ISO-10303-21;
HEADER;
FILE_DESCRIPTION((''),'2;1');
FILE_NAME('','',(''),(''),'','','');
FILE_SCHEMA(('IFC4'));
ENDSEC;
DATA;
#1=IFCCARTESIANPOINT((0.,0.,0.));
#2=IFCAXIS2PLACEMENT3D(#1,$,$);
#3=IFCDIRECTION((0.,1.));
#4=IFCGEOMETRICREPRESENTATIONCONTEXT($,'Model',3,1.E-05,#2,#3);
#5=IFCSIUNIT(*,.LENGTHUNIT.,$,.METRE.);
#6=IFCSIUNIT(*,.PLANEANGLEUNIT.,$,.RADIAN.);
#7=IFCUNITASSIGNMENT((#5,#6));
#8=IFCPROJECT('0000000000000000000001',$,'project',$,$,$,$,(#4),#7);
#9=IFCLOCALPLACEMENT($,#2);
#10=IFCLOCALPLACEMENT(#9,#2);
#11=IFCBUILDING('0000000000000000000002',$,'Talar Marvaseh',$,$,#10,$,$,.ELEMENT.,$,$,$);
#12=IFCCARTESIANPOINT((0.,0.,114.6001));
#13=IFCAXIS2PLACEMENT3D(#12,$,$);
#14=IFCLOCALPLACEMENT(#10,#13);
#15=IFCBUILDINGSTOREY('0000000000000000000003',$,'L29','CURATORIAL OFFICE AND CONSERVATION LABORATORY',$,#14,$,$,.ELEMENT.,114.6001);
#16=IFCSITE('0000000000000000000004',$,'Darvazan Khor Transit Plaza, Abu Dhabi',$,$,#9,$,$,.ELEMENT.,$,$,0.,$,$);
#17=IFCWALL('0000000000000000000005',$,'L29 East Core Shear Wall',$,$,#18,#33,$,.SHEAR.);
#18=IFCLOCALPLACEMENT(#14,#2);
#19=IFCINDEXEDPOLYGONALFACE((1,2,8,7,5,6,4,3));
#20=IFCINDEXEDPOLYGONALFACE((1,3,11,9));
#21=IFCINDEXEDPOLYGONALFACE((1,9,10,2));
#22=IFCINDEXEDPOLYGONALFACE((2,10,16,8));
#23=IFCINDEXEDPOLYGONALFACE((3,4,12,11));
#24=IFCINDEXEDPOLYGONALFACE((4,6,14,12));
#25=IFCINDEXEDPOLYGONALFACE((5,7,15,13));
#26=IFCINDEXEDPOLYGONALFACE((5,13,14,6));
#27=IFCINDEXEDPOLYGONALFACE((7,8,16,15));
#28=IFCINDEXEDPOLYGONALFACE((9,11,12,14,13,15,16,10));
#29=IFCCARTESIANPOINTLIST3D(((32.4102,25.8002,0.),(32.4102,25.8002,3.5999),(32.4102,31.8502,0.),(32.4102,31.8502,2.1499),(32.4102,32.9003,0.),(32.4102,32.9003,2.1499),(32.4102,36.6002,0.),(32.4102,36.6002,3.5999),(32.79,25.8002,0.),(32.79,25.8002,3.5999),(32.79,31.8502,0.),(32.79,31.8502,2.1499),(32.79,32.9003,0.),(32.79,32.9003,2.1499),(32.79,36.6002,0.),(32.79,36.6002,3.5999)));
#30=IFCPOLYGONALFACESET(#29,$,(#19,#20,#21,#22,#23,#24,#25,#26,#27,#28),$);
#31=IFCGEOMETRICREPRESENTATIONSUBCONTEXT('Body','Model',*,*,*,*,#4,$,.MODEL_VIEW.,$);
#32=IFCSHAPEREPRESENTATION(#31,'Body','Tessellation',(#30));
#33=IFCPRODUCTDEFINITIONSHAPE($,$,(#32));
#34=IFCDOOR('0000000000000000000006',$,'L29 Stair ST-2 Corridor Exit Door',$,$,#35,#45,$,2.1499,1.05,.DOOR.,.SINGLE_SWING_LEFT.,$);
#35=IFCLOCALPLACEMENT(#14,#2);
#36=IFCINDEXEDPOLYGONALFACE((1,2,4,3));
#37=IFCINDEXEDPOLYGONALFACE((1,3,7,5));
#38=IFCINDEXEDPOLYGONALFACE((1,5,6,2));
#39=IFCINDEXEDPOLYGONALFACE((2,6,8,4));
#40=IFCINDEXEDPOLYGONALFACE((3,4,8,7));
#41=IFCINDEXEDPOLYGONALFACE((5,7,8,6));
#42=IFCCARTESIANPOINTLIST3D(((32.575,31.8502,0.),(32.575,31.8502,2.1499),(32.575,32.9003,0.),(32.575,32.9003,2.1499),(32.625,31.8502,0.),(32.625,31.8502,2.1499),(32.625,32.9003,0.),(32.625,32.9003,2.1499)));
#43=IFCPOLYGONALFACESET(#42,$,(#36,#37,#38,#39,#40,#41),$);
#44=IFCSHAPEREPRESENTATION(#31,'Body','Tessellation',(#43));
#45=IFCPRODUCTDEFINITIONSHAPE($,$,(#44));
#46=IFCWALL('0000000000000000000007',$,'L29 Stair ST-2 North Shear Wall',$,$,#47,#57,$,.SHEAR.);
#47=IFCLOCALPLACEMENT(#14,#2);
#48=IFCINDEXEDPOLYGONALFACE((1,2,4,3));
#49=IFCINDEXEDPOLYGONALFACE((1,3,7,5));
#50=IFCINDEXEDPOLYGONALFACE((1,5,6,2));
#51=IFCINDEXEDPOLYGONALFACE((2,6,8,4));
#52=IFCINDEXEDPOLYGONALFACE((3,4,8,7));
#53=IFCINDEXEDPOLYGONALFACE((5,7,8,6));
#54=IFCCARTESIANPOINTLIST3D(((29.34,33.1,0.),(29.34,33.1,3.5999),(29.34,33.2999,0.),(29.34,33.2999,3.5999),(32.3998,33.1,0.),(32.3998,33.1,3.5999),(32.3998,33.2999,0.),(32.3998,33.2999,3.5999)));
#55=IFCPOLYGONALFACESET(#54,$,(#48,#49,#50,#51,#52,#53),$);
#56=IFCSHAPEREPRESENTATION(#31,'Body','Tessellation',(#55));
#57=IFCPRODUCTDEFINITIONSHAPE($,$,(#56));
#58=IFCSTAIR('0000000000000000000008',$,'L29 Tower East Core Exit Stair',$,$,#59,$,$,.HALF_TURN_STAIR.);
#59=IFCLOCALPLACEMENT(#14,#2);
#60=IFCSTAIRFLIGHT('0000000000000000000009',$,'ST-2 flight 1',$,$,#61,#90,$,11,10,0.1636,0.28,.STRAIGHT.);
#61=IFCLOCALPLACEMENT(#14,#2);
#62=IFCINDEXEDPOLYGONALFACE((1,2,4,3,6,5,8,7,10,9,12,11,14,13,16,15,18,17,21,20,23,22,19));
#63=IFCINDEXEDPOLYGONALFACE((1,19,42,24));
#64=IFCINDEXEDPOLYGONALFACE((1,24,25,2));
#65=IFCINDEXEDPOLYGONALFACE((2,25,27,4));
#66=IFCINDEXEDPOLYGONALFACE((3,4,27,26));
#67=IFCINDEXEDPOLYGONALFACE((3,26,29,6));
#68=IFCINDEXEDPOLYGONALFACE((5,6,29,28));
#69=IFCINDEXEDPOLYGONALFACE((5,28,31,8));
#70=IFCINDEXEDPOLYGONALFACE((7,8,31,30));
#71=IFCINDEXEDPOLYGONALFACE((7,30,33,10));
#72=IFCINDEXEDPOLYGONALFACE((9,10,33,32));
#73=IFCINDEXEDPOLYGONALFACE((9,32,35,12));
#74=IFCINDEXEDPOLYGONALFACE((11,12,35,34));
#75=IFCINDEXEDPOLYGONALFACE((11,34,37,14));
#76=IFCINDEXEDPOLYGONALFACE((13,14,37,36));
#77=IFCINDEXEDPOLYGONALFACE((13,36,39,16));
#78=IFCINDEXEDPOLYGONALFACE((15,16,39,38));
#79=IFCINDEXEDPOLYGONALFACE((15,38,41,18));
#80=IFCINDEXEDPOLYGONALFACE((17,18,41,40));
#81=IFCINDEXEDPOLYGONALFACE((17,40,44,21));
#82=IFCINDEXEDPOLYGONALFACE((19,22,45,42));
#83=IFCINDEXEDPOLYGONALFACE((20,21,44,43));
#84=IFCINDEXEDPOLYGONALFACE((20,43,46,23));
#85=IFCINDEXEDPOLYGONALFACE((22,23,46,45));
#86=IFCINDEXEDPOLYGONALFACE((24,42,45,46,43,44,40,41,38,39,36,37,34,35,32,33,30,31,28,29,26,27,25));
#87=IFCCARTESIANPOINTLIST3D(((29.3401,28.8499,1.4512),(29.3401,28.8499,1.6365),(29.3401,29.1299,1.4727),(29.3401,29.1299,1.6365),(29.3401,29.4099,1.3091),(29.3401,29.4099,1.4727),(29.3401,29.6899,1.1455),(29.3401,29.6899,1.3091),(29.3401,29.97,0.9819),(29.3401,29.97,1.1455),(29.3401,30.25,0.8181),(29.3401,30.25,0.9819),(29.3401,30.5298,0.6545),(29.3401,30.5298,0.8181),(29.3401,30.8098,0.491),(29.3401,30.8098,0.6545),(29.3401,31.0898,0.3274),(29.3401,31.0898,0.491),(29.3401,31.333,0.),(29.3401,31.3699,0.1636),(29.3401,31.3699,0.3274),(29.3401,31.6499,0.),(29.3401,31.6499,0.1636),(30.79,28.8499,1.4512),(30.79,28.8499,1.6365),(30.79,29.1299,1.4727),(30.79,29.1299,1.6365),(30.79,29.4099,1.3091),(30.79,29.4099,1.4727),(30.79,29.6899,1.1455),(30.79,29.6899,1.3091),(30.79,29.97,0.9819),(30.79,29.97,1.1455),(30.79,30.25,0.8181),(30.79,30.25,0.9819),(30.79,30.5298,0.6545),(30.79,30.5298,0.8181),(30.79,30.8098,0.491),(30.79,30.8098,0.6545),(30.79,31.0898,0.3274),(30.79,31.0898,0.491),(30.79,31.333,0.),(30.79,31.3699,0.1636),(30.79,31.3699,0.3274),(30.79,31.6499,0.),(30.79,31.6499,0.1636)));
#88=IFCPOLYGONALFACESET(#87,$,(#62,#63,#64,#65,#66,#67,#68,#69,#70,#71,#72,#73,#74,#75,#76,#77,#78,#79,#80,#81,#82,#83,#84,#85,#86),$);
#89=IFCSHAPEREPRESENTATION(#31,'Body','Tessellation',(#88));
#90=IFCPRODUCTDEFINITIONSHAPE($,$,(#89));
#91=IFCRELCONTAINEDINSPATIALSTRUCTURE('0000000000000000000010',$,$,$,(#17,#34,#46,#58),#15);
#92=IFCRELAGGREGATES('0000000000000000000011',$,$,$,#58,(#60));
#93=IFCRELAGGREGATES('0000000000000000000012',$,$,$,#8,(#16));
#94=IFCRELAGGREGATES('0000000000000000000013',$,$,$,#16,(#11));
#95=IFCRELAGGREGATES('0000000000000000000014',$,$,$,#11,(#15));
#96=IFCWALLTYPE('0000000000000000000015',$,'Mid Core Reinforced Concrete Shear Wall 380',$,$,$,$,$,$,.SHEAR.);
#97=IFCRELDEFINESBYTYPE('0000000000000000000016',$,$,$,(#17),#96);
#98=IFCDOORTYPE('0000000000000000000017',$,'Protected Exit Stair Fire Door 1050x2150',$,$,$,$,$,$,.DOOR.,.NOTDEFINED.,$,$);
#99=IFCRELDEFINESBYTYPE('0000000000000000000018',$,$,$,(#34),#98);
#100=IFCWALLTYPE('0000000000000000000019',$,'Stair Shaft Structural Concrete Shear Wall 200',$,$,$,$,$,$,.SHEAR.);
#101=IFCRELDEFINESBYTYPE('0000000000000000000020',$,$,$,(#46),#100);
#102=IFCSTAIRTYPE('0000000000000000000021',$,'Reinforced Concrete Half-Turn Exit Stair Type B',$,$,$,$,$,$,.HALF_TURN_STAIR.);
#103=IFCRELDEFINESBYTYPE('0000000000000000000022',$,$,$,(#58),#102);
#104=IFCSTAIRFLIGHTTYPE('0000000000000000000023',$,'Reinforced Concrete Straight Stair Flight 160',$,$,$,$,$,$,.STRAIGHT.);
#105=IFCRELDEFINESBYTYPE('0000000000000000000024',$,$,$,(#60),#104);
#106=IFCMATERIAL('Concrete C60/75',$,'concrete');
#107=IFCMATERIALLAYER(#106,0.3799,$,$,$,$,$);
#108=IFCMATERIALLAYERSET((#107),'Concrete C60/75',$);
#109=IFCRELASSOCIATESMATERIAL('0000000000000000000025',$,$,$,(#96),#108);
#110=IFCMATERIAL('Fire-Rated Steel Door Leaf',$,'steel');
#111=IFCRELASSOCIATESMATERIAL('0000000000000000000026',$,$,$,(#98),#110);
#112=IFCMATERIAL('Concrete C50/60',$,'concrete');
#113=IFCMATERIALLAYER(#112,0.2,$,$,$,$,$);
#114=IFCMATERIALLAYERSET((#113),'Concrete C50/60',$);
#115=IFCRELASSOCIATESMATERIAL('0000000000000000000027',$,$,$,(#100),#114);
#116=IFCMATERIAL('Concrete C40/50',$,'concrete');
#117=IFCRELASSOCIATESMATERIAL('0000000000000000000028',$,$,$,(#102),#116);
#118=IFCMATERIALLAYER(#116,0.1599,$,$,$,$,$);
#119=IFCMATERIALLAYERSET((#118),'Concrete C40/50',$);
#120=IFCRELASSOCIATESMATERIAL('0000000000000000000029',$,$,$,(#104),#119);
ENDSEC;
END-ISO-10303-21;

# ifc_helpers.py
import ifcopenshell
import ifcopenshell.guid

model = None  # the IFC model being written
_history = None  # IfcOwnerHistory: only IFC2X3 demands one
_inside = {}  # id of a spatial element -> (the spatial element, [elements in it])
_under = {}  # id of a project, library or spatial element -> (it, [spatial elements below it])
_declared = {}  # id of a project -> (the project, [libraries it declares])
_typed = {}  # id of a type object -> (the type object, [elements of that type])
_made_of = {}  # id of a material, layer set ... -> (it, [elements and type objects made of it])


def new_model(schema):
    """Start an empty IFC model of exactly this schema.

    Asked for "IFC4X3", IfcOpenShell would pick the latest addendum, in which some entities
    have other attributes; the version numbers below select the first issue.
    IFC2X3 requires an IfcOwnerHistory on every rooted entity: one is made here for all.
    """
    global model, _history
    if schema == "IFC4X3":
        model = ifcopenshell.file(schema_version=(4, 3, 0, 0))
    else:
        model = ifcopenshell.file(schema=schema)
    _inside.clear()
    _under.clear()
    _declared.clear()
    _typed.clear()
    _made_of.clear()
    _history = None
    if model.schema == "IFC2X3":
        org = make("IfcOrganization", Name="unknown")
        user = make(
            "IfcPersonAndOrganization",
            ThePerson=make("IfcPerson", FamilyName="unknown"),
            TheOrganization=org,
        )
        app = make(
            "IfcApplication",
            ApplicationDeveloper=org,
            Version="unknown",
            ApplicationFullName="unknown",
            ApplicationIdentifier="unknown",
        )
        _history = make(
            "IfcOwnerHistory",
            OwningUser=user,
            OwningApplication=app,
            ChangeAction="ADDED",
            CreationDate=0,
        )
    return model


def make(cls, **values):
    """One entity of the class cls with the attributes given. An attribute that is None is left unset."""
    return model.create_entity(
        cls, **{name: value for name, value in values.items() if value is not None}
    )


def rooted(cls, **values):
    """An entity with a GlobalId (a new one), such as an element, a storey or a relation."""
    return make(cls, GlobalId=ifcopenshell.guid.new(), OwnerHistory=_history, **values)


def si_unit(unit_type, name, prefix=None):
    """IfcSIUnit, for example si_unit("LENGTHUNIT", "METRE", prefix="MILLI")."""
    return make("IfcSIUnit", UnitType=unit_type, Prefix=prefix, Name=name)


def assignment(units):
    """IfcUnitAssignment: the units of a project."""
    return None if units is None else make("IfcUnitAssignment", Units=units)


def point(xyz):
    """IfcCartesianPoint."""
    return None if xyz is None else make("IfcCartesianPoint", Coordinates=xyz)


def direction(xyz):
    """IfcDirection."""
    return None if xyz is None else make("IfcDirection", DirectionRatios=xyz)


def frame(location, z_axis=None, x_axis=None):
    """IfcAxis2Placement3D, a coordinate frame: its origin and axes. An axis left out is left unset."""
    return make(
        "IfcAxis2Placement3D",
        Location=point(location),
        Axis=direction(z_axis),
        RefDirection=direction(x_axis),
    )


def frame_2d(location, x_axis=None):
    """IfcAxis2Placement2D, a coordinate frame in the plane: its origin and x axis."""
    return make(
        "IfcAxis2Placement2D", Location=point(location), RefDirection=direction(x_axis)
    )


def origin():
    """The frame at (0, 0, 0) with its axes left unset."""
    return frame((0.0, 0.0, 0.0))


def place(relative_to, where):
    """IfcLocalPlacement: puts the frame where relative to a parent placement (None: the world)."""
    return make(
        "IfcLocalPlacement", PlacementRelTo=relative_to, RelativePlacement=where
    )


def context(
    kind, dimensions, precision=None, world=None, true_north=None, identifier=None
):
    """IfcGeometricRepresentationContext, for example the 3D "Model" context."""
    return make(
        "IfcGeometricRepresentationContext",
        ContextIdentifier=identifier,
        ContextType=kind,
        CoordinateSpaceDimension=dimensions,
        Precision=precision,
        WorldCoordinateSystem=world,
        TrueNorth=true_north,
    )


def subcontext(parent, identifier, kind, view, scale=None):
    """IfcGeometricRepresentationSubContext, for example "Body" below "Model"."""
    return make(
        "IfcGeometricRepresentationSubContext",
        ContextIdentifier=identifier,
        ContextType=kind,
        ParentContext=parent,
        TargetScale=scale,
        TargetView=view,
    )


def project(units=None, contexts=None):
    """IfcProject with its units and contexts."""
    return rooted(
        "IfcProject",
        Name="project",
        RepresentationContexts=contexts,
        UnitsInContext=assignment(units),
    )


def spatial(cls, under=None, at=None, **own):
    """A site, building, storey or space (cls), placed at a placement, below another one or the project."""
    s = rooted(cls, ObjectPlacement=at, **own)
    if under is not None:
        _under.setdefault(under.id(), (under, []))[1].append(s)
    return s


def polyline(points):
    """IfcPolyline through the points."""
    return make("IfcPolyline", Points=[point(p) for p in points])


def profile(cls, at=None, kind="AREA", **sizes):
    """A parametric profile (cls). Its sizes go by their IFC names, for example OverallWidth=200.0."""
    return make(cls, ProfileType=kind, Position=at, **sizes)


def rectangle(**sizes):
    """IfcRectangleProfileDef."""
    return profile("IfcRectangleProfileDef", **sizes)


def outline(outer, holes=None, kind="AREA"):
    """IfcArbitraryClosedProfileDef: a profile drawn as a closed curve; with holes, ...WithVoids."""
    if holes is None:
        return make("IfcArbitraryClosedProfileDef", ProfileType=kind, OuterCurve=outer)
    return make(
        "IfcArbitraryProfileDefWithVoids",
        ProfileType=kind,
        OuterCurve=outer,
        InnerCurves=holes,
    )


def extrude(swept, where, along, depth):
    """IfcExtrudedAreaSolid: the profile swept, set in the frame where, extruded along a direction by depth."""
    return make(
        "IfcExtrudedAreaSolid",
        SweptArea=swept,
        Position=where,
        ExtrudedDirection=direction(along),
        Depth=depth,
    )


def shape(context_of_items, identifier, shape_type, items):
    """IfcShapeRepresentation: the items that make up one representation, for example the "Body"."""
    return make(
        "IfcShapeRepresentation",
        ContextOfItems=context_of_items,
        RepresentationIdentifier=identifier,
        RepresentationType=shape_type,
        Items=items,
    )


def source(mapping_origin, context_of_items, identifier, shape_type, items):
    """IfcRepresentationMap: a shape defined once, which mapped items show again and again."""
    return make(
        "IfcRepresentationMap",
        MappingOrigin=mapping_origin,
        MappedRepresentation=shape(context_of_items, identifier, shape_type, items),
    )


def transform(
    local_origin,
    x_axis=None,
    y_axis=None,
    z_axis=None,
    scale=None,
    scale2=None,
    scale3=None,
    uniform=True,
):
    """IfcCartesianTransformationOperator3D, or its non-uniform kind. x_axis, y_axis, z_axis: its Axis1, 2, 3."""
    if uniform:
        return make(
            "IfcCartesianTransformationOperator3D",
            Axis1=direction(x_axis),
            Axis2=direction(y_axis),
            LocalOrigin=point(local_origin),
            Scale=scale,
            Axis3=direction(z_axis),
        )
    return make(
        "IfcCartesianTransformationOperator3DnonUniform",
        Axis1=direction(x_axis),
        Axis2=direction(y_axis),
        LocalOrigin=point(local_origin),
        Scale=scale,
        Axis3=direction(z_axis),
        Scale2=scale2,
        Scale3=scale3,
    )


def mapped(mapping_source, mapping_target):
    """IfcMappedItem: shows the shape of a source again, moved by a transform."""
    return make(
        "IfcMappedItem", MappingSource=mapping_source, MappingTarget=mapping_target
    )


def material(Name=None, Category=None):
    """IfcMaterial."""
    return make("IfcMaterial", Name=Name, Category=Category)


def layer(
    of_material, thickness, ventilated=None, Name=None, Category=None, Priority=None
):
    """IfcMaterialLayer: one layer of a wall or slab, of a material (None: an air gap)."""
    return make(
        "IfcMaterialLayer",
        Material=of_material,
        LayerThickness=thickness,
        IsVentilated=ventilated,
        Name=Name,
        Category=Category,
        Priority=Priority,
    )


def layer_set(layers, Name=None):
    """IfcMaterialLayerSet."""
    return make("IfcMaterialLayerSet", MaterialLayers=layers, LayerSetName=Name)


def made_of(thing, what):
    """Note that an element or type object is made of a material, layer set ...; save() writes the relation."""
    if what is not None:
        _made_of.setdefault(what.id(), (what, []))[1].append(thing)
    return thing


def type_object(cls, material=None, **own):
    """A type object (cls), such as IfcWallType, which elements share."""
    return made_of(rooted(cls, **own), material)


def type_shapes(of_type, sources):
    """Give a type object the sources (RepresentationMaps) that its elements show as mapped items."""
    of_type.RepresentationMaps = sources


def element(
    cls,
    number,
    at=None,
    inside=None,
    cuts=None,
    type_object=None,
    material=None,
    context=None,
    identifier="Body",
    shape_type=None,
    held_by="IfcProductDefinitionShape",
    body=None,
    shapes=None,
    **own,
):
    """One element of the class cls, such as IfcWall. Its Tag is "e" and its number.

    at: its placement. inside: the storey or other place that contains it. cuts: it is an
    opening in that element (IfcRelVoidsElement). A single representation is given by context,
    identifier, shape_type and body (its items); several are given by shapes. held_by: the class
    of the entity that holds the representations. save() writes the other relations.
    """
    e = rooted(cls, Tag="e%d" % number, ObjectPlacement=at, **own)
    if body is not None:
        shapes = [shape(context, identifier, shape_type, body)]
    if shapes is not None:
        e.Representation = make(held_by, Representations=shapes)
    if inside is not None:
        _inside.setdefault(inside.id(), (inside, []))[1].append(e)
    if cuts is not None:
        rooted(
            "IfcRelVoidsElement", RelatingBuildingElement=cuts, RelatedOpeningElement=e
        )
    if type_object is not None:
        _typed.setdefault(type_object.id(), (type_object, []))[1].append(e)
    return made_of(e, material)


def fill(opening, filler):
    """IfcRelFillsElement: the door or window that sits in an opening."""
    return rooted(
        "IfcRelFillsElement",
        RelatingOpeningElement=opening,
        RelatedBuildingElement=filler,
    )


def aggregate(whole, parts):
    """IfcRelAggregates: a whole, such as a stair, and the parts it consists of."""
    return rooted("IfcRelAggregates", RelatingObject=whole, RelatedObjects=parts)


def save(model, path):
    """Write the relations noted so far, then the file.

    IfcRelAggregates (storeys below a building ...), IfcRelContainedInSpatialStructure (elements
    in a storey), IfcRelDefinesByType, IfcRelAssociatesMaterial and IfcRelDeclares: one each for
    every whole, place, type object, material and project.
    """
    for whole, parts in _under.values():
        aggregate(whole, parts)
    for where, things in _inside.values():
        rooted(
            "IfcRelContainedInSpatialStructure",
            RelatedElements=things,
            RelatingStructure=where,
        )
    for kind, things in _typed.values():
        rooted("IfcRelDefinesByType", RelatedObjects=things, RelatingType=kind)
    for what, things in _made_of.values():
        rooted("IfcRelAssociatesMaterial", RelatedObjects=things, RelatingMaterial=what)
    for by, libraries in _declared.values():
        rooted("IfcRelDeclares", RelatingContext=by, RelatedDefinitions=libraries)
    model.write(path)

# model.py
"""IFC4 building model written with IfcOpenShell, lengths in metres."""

from ifc_helpers import new_model, si_unit, direction, frame, frame_2d, origin, place, context, subcontext, project, spatial, polyline, rectangle, outline, extrude, source, transform, mapped, material, layer, layer_set, type_object, type_shapes, element, fill, aggregate, save


model = new_model("IFC4")

# Units and contexts
model_context = context("Model", 3, precision=1e-05, world=origin(), true_north=direction((0.0, 1.0)))
body_context = subcontext(model_context, "Body", "Model", "MODEL_VIEW")
ifc_project = project(units=[si_unit("LENGTHUNIT", "METRE"), si_unit("PLANEANGLEUNIT", "RADIAN")], contexts=[model_context])

# Site, building, storey
site_placement = place(None, origin())
site = spatial("IfcSite", under=ifc_project, at=site_placement, Name="Darvazan Khor Transit Plaza, Abu Dhabi", CompositionType="ELEMENT", RefElevation=0.0)
building_placement = place(site_placement, origin())
building = spatial("IfcBuilding", under=site, at=building_placement, Name="Talar Marvaseh", CompositionType="ELEMENT")
storey_placement = place(building_placement, frame((0.0, 0.0, 114.6001)))
storey = spatial("IfcBuildingStorey", under=building, at=storey_placement, Name="L29", Description="CURATORIAL OFFICE AND CONSERVATION LABORATORY", CompositionType="ELEMENT", Elevation=114.6001)

# Shared definitions
ifc_material_1 = material(Name="Concrete C60/75", Category="concrete")

# Shared definitions
ifc_material_2 = material(Name="Concrete C40/50", Category="concrete")

# Wall, opening, door
ifc_layer_1 = layer(ifc_material_1, 0.3799)
ifc_layer_set_1 = layer_set([ifc_layer_1], Name="Concrete C60/75")
wall_type_1 = type_object("IfcWallType", Name="Mid Core Reinforced Concrete Shear Wall 380", PredefinedType="SHEAR", material=ifc_layer_set_1)
wall_1_placement = place(storey_placement, frame((32.6001, 36.6001, 0.0), z_axis=(0.0, 0.0, 1.0), x_axis=(0.0, -1.0, 0.0)))
wall_1 = element("IfcWall", 1, at=wall_1_placement, inside=storey, type_object=wall_type_1, Name="L29 East Core Shear Wall", PredefinedType="SHEAR", context=body_context, shape_type="SweptSolid", body=[
    extrude(rectangle(XDim=10.8, YDim=0.3799, at=frame_2d((5.3999, 0.0))), origin(), (0.0, 0.0, 1.0), 3.5999),
])
opening_1_placement = place(wall_1_placement, frame((3.7, 0.0, 0.0)))
opening_1 = element("IfcOpeningElement", 2, at=opening_1_placement, cuts=wall_1, PredefinedType="OPENING", context=body_context, shape_type="SweptSolid", body=[
    extrude(rectangle(XDim=1.05, YDim=2.1499, at=frame_2d((0.5249, 1.075))), frame((0.0, 0.2, 0.0), z_axis=(0.0, -1.0, 0.0), x_axis=(1.0, 0.0, 0.0)), (0.0, 0.0, 1.0), 0.3999),
])
ifc_material_3 = material(Name="Fire-Rated Steel Door Leaf", Category="steel")
door_type_1 = type_object("IfcDoorType", Name="Protected Exit Stair Fire Door 1050x2150", OperationType="NOTDEFINED", PredefinedType="DOOR", material=ifc_material_3)
shared_shape_1 = source(origin(), body_context, "Body", "SweptSolid", [
    extrude(rectangle(XDim=1.05, YDim=2.1499, at=frame_2d((0.5249, 1.075))), frame((0.0, 0.0249, 0.0), z_axis=(0.0, -1.0, 0.0), x_axis=(1.0, 0.0, 0.0)), (0.0, 0.0, 1.0), 0.05),
])
type_shapes(door_type_1, [shared_shape_1])
door_1_placement = place(opening_1_placement, origin())
door_1 = element("IfcDoor", 3, at=door_1_placement, inside=storey, type_object=door_type_1, Name="L29 Stair ST-2 Corridor Exit Door", OperationType="SINGLE_SWING_LEFT", OverallHeight=2.1499, OverallWidth=1.05, PredefinedType="DOOR", context=body_context, shape_type="MappedRepresentation", body=[
    mapped(shared_shape_1, transform((0.0, 0.0, 0.0), x_axis=(1.0, 0.0, 0.0), y_axis=(0.0, 1.0, 0.0), z_axis=(0.0, 0.0, 1.0), scale=1.0)),
])
fill(opening_1, door_1)

# Wall
ifc_material_4 = material(Name="Concrete C50/60", Category="concrete")
ifc_layer_2 = layer(ifc_material_4, 0.2)
ifc_layer_set_2 = layer_set([ifc_layer_2], Name="Concrete C50/60")
wall_type_2 = type_object("IfcWallType", Name="Stair Shaft Structural Concrete Shear Wall 200", PredefinedType="SHEAR", material=ifc_layer_set_2)
wall_2_placement = place(storey_placement, frame((29.3401, 33.2, 0.0), z_axis=(0.0, 0.0, 1.0), x_axis=(1.0, 0.0, 0.0)))
element("IfcWall", 4, at=wall_2_placement, inside=storey, type_object=wall_type_2, Name="L29 Stair ST-2 North Shear Wall", PredefinedType="SHEAR", context=body_context, shape_type="SweptSolid", body=[
    extrude(rectangle(XDim=3.0598, YDim=0.2, at=frame_2d((1.5298, 0.0))), origin(), (0.0, 0.0, 1.0), 3.5999),
])

# Stair, stair flight
stair_type = type_object("IfcStairType", Name="Reinforced Concrete Half-Turn Exit Stair Type B", PredefinedType="HALF_TURN_STAIR", material=ifc_material_2)
stair_placement = place(storey_placement, origin())
stair = element("IfcStair", 5, at=stair_placement, inside=storey, type_object=stair_type, Name="L29 Tower East Core Exit Stair", PredefinedType="HALF_TURN_STAIR")
ifc_layer_3 = layer(ifc_material_2, 0.1599)
ifc_layer_set_3 = layer_set([ifc_layer_3], Name="Concrete C40/50")
stair_flight_type = type_object("IfcStairFlightType", Name="Reinforced Concrete Straight Stair Flight 160", PredefinedType="STRAIGHT", material=ifc_layer_set_3)
stair_flight_placement = place(storey_placement, frame((30.0649, 31.6499, 0.0), z_axis=(0.0, 0.0, 1.0), x_axis=(0.0, -1.0, 0.0)))
stair_flight = element("IfcStairFlight", 6, at=stair_flight_placement, type_object=stair_flight_type, Name="ST-2 flight 1", NumberOfRisers=11, NumberOfTreads=10, PredefinedType="STRAIGHT", RiserHeight=0.1636, TreadLength=0.28, context=body_context, shape_type="SweptSolid", body=[
    extrude(outline(polyline([(0.0, 0.0), (0.0, 0.1636), (0.28, 0.1636), (0.28, 0.3274), (0.5601, 0.3274), (0.5601, 0.491), (0.8401, 0.491), (0.8401, 0.6545), (1.1201, 0.6545), (1.1201, 0.8181), (1.3999, 0.8181), (1.3999, 0.9819), (1.6799, 0.9819), (1.6799, 1.1455), (1.96, 1.1455), (1.96, 1.3091), (2.24, 1.3091), (2.24, 1.4727), (2.52, 1.4727), (2.52, 1.6365), (2.8, 1.6365), (2.8, 1.8), (2.8, 1.4512), (0.3169, 0.0), (0.0, 0.0)])), frame((0.0, 0.7251, 0.0), z_axis=(0.0, -1.0, 0.0), x_axis=(1.0, 0.0, 0.0)), (0.0, 0.0, 1.0), 1.45),
])
aggregate(stair, [stair_flight])

save(model, "model.ifc")
